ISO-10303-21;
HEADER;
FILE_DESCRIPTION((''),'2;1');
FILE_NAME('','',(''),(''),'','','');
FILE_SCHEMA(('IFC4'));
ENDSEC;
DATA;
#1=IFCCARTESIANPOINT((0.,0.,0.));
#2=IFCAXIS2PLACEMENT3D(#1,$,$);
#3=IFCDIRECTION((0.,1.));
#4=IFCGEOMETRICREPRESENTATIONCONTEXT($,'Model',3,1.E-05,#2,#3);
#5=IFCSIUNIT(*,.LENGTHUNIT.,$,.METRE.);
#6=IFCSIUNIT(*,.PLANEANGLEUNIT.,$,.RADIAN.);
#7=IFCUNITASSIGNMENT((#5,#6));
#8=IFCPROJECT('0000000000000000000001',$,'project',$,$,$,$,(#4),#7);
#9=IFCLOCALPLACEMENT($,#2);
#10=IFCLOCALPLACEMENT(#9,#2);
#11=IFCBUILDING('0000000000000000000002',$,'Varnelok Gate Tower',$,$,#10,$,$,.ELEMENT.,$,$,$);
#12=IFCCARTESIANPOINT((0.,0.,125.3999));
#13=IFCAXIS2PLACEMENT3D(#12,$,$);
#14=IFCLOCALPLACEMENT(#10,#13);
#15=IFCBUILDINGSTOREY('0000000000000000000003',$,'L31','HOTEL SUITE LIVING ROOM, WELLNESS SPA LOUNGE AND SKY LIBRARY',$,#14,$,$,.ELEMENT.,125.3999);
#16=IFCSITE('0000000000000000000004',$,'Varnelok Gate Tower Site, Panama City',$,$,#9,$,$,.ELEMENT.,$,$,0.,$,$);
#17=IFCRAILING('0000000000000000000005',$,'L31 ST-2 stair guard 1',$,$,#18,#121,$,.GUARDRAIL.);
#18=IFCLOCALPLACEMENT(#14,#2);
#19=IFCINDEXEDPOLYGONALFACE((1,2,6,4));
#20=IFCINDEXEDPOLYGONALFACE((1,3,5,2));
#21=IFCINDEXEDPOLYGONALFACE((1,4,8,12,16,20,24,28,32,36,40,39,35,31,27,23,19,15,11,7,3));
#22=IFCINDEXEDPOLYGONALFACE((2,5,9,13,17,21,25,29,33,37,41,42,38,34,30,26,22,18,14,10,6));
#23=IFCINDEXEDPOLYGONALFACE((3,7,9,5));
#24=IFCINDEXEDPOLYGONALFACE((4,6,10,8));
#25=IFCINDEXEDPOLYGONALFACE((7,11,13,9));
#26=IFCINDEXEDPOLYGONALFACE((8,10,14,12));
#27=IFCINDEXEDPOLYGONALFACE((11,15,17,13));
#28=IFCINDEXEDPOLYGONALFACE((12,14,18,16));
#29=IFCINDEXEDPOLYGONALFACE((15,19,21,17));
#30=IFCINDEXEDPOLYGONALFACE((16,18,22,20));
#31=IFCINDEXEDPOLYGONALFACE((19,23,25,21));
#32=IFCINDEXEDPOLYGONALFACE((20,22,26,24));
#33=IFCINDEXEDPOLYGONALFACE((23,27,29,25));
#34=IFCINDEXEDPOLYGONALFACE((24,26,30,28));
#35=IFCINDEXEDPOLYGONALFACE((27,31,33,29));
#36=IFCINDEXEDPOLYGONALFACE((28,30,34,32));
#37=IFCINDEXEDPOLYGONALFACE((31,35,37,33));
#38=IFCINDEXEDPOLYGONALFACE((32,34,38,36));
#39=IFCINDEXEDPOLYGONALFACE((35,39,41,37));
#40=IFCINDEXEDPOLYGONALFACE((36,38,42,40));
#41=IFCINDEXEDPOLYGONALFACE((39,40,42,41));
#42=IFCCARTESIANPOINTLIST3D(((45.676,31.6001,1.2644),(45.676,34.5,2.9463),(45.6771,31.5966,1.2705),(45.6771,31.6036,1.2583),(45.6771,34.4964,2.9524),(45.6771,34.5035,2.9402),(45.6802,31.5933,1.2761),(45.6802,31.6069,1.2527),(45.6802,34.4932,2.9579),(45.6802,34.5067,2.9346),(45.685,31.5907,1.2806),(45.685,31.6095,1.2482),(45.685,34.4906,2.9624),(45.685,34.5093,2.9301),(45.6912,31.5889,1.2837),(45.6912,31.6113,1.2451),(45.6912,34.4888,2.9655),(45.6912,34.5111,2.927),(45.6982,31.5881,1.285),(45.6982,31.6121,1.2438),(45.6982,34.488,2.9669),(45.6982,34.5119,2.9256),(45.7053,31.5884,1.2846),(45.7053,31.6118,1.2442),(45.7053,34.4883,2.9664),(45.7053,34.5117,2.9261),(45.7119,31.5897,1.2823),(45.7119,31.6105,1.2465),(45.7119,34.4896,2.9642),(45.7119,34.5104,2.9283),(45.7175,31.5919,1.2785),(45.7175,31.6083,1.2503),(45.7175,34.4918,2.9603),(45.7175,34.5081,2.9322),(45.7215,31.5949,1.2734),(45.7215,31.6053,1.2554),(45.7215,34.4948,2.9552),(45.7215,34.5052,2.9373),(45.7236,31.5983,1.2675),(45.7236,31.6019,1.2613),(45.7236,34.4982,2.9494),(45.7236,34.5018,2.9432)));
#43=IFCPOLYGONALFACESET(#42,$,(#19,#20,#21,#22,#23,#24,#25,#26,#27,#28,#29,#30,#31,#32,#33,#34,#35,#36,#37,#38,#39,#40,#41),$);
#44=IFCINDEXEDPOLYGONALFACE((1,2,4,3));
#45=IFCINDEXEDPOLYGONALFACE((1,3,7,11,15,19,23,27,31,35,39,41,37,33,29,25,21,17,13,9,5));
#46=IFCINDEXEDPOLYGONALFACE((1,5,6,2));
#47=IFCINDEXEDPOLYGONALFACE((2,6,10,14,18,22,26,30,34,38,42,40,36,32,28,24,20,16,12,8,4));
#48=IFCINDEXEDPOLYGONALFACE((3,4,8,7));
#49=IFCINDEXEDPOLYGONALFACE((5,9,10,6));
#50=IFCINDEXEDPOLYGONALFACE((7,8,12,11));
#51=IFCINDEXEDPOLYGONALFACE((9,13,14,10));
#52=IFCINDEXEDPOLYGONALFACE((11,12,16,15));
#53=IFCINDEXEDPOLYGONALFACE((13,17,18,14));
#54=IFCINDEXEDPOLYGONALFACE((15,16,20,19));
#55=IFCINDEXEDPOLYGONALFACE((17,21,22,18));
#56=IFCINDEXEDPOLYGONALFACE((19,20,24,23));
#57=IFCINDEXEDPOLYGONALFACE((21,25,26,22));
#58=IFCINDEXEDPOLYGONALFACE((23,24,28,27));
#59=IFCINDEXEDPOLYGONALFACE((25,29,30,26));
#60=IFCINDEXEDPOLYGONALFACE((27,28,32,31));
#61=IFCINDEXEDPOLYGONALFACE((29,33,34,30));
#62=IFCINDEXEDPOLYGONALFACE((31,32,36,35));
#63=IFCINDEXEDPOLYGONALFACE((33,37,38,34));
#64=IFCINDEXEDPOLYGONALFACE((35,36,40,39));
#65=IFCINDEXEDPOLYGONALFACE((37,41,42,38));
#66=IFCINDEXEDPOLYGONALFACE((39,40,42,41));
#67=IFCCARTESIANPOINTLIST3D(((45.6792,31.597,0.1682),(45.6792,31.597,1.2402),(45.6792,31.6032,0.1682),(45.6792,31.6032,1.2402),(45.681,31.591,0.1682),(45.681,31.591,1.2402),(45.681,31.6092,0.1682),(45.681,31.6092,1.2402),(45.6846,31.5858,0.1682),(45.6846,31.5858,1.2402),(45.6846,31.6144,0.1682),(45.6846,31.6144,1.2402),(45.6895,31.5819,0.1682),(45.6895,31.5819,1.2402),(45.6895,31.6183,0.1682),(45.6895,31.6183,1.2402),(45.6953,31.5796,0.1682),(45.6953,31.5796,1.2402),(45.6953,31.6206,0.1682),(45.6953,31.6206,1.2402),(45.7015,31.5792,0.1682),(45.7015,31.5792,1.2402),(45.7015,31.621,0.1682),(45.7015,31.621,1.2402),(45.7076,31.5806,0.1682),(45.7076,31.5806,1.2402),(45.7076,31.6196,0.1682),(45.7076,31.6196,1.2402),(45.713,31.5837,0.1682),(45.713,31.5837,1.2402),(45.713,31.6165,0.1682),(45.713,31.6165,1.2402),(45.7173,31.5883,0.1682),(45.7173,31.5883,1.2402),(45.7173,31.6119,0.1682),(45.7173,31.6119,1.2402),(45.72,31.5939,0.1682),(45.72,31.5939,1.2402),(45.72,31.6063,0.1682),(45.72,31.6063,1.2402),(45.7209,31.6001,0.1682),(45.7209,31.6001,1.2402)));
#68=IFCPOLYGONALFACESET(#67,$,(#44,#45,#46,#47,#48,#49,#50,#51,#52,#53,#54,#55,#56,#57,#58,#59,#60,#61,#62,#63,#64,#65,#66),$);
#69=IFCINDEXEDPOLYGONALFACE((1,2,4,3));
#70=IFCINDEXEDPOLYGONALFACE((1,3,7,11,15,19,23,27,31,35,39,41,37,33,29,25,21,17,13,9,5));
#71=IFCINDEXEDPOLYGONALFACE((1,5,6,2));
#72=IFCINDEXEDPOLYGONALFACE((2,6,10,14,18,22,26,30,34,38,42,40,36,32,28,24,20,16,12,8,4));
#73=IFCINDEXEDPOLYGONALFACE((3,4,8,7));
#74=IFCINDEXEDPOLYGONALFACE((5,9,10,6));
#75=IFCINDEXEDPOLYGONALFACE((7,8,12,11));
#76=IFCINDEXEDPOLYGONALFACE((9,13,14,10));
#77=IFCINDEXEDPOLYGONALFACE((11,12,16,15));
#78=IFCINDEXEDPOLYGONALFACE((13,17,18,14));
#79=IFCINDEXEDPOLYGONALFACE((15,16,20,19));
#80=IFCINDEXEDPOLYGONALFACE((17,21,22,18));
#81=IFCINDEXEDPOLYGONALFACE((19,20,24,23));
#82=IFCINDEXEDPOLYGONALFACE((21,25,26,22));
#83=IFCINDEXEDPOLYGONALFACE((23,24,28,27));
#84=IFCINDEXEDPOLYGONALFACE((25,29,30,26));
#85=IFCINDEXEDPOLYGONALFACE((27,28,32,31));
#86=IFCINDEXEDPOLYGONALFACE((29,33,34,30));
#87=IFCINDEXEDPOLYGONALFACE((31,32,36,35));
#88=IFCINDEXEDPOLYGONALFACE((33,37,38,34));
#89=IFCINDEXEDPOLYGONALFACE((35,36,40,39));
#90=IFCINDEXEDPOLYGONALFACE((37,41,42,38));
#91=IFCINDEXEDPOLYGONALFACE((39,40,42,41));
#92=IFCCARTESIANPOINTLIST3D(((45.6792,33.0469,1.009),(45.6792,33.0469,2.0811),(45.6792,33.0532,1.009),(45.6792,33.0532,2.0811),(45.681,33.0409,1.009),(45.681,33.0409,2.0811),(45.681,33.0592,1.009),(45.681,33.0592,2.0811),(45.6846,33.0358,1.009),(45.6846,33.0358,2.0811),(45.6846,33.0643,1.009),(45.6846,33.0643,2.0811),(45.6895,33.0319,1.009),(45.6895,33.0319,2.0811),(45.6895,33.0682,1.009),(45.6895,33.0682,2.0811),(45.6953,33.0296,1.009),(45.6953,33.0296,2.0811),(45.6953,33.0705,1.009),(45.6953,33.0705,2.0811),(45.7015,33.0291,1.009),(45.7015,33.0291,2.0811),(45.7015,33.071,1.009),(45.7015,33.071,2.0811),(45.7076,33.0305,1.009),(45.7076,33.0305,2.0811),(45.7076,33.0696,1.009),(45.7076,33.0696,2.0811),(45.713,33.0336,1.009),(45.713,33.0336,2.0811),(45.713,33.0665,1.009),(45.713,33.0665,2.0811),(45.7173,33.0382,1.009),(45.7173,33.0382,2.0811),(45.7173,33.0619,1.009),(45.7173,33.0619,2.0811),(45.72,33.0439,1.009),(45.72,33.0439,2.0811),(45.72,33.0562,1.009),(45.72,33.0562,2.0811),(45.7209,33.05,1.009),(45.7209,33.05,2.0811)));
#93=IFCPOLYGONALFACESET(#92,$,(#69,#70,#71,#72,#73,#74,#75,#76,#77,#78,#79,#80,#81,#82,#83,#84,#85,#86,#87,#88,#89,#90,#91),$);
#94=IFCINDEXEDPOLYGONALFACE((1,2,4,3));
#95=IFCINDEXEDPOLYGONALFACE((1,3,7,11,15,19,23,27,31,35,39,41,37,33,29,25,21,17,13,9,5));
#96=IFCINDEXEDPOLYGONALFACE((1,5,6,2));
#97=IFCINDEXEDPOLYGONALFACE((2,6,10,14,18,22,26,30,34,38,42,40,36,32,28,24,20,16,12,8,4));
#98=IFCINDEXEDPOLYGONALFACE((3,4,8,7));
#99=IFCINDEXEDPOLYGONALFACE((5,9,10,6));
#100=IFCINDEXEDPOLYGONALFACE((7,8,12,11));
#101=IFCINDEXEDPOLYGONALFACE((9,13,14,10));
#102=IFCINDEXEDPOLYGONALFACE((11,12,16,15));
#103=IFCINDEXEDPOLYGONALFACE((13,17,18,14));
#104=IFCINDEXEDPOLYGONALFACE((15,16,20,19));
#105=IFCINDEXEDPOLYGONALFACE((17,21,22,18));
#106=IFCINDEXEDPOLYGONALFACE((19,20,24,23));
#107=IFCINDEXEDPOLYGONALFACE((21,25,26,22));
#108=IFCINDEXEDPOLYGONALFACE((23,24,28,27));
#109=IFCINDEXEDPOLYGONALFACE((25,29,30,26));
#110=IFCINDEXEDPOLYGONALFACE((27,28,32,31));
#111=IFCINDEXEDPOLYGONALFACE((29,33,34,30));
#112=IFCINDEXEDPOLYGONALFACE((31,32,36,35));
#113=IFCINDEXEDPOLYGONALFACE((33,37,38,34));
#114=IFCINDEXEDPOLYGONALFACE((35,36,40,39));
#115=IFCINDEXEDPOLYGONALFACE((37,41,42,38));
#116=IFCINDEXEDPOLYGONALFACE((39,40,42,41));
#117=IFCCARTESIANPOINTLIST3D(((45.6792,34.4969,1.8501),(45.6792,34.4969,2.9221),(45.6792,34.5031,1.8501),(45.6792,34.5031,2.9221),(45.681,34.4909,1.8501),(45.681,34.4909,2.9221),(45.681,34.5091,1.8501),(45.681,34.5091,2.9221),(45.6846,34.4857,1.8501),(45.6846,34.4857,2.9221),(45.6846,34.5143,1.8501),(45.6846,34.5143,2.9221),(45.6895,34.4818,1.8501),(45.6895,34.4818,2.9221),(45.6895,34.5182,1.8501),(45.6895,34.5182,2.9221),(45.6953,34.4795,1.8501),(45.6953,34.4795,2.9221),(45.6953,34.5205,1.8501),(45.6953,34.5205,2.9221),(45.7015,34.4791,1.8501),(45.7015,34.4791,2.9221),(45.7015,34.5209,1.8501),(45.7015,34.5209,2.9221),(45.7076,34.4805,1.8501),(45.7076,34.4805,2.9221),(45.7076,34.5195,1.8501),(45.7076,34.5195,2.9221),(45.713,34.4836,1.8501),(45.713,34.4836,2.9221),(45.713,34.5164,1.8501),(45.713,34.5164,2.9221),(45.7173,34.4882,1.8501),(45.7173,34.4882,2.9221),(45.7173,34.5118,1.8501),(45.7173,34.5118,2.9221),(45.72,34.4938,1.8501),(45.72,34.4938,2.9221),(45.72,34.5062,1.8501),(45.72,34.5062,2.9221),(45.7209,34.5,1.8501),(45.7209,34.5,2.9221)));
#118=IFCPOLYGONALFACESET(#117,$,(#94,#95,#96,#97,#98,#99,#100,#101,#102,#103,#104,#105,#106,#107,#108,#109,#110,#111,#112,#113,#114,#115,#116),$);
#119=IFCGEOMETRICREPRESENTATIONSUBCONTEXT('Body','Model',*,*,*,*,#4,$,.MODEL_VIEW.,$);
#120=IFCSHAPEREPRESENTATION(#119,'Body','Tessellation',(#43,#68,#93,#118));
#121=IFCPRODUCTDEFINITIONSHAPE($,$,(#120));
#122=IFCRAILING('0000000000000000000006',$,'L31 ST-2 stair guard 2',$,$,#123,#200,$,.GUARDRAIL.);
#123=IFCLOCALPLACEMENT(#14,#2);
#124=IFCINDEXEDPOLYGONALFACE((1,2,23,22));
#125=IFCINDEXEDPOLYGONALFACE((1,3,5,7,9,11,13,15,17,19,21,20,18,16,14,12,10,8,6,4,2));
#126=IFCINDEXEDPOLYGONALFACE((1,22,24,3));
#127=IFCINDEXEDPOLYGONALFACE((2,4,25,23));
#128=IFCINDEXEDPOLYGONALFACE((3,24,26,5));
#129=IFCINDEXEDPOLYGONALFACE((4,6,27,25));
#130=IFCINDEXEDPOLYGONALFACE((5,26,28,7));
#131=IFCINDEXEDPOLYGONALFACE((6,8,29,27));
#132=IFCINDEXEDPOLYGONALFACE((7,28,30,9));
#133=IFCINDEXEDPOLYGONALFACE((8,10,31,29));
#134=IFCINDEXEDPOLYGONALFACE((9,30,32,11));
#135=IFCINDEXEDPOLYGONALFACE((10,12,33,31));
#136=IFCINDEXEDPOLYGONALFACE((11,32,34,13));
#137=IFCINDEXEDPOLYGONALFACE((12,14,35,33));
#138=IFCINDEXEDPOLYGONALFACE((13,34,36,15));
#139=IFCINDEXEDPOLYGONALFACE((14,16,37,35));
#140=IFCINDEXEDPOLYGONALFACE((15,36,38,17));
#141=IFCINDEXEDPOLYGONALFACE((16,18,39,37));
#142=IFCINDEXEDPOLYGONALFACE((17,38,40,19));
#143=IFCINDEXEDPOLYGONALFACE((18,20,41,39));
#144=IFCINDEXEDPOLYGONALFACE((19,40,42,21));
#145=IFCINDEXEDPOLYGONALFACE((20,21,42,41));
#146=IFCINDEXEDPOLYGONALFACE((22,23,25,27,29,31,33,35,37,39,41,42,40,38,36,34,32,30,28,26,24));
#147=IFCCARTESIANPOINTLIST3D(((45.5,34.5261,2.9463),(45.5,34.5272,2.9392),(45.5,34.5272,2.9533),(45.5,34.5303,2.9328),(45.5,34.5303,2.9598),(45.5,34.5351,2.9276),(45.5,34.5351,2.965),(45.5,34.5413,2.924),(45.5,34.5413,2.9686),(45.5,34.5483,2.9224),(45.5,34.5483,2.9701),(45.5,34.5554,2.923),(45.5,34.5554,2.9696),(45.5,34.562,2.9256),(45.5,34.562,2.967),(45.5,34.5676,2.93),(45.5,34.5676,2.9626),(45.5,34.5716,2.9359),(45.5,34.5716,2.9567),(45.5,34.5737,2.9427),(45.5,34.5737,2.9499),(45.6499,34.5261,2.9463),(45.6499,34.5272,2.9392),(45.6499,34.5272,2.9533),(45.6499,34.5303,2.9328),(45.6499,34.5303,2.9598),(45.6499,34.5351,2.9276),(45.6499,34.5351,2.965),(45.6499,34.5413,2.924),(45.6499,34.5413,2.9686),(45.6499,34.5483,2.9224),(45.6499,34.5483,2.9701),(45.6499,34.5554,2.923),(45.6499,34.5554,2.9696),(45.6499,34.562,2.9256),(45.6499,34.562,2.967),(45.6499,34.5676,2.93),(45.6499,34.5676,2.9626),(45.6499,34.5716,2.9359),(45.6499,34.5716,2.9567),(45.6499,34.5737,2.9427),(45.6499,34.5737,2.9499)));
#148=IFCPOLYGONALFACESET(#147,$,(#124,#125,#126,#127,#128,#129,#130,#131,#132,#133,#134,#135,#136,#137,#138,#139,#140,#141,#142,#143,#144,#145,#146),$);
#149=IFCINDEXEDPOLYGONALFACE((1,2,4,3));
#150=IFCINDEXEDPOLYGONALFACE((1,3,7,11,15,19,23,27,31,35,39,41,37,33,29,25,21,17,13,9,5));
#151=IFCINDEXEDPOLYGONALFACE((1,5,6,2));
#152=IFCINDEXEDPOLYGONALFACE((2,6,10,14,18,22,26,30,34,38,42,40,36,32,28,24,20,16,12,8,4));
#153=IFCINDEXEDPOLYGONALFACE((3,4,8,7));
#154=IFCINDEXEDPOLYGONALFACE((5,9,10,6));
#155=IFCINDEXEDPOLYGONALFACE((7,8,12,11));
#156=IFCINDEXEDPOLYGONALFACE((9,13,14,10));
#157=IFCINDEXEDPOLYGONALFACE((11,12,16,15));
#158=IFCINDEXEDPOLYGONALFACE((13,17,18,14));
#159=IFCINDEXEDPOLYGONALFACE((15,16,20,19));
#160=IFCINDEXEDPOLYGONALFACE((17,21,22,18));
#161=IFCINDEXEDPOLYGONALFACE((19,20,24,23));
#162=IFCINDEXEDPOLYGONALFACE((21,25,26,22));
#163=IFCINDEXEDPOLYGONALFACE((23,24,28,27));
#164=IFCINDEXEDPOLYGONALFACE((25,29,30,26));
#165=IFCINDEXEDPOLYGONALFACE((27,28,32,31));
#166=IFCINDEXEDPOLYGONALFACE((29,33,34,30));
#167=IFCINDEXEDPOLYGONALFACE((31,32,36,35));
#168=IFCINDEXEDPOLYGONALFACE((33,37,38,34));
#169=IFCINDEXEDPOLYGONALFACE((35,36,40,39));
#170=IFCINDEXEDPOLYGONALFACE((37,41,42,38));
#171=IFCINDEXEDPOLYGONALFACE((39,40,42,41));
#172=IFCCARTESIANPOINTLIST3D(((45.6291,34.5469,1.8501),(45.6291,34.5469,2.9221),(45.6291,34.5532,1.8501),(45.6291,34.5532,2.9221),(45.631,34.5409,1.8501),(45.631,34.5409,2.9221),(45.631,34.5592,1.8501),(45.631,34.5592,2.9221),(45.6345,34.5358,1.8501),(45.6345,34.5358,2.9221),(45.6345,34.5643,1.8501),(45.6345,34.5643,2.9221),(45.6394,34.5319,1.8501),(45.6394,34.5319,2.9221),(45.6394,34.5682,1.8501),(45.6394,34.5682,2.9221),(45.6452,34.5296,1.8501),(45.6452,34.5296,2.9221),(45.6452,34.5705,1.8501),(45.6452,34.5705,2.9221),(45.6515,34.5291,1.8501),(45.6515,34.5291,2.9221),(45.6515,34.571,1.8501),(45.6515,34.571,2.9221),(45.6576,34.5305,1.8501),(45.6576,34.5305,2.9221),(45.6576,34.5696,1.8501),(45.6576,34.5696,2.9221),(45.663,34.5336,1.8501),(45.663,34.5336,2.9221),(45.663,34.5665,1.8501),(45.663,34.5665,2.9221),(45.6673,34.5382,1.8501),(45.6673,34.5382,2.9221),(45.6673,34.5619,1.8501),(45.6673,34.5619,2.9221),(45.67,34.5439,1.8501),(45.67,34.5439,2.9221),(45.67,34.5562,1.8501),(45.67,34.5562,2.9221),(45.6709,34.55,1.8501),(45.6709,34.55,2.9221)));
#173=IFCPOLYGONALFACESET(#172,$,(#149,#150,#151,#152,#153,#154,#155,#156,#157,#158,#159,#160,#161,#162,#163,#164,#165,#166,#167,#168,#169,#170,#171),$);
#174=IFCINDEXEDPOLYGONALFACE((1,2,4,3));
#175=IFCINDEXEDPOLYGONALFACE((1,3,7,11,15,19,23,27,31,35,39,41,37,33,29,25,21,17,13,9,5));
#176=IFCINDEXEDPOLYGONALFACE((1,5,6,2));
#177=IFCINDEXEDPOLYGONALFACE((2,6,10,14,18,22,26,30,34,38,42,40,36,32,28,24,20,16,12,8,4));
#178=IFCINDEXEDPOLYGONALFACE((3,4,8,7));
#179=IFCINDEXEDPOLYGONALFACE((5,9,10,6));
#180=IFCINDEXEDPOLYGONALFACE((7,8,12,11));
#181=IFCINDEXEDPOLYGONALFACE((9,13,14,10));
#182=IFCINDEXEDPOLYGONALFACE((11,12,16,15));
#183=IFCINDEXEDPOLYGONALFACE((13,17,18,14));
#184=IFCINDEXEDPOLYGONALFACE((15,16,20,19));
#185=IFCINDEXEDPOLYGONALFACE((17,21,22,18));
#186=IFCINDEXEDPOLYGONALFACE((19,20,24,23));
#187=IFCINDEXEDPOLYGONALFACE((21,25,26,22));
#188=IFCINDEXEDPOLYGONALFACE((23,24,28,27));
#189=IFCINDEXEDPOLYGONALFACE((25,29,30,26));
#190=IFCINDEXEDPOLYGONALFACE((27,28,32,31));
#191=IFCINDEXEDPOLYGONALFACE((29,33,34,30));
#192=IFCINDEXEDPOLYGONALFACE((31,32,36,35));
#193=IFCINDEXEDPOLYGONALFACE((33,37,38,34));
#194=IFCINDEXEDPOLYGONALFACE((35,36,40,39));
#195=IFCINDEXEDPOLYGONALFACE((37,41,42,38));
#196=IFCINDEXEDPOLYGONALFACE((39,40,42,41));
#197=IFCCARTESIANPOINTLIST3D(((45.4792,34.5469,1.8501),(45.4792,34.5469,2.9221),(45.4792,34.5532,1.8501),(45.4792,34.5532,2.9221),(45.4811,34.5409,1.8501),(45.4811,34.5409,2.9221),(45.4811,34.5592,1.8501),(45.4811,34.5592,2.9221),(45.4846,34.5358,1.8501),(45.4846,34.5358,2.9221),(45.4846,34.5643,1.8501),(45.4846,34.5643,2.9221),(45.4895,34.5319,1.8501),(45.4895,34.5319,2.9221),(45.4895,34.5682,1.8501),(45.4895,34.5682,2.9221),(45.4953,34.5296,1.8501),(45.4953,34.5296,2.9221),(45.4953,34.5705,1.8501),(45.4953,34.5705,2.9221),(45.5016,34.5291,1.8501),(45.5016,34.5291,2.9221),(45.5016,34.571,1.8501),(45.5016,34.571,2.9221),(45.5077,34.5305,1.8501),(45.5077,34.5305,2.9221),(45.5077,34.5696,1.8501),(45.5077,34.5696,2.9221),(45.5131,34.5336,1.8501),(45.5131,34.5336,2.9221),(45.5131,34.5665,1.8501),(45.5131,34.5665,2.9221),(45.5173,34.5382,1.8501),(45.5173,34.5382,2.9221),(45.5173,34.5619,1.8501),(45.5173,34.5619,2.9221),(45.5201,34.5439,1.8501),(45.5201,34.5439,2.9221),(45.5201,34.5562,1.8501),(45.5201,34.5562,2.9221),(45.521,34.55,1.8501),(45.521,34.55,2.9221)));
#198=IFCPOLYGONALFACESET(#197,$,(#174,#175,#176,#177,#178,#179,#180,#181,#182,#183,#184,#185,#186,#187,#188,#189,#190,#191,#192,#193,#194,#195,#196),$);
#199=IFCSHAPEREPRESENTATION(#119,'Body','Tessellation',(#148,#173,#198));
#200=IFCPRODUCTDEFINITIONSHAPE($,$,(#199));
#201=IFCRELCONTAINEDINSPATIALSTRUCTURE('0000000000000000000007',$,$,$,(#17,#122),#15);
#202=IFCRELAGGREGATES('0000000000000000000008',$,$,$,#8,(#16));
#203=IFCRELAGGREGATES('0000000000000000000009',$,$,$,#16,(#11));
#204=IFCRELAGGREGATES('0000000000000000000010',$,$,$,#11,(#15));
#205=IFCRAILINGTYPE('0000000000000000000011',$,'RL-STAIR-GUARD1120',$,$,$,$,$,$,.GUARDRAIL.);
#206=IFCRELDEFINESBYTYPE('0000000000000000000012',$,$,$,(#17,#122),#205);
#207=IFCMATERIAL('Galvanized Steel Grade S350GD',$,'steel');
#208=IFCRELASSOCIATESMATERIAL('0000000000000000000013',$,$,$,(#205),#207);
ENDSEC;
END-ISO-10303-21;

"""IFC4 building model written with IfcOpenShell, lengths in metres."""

from ifc_helpers import new_model, si_unit, direction, frame, origin, origin_2d, place, context, subcontext, project, spatial, circle, extrude, material, type_object, element, save


model = new_model("IFC4")

# Units and contexts
model_context = context("Model", 3, precision=1e-05, world=origin(), true_north=direction((0.0, 1.0)))
body_context = subcontext(model_context, "Body", "Model", "MODEL_VIEW")
ifc_project = project(units=[si_unit("LENGTHUNIT", "METRE"), si_unit("PLANEANGLEUNIT", "RADIAN")], contexts=[model_context])

# Site, building, storey
site_placement = place(None, origin())
site = spatial("IfcSite", under=ifc_project, at=site_placement, Name="Varnelok Gate Tower Site, Panama City", CompositionType="ELEMENT", RefElevation=0.0)
building_placement = place(site_placement, origin())
building = spatial("IfcBuilding", under=site, at=building_placement, Name="Varnelok Gate Tower", CompositionType="ELEMENT")
storey_placement = place(building_placement, frame((0.0, 0.0, 125.3999)))
storey = spatial("IfcBuildingStorey", under=building, at=storey_placement, Name="L31", Description="HOTEL SUITE LIVING ROOM, WELLNESS SPA LOUNGE AND SKY LIBRARY", CompositionType="ELEMENT", Elevation=125.3999)

# Shared definitions
ifc_material_1 = material(Name="Galvanized Steel Grade S350GD", Category="steel")

# Railings
railing_type_1 = type_object("IfcRailingType", Name="RL-STAIR-GUARD1120", PredefinedType="GUARDRAIL", material=ifc_material_1)
railing_1_placement = place(storey_placement, frame((45.7, 31.6001, 0.1682)))
element("IfcRailing", 1, at=railing_1_placement, inside=storey, type_object=railing_type_1, Name="L31 ST-2 stair guard 1", PredefinedType="GUARDRAIL", context=body_context, shape_type="SweptSolid", body=[
    extrude(circle(Radius=0.0239, at=origin_2d()), frame((0.0, 0.0, 1.0962), z_axis=(0.0, 0.865039, 0.501705), x_axis=(-1.0, 0.0, 0.0)), (0.0, 0.0, 1.0), 3.3523),
    extrude(circle(Radius=0.021, at=origin_2d()), origin(), (0.0, 0.0, 1.0), 1.072),
    extrude(circle(Radius=0.021, at=origin_2d()), frame((0.0, 1.45, 0.8408)), (0.0, 0.0, 1.0), 1.072),
    extrude(circle(Radius=0.021, at=origin_2d()), frame((0.0, 2.8999, 1.6819)), (0.0, 0.0, 1.0), 1.072),
])
railing_2_placement = place(storey_placement, frame((45.6499, 34.55, 1.8501)))
element("IfcRailing", 2, at=railing_2_placement, inside=storey, type_object=railing_type_1, Name="L31 ST-2 stair guard 2", PredefinedType="GUARDRAIL", context=body_context, shape_type="SweptSolid", body=[
    extrude(circle(Radius=0.0239, at=origin_2d()), frame((0.0, 0.0, 1.0962), z_axis=(-1.0, 0.0, 0.0), x_axis=(0.0, -1.0, 0.0)), (0.0, 0.0, 1.0), 0.1499),
    extrude(circle(Radius=0.021, at=origin_2d()), origin(), (0.0, 0.0, 1.0), 1.072),
    extrude(circle(Radius=0.021, at=origin_2d()), frame((-0.1499, 0.0, 0.0)), (0.0, 0.0, 1.0), 1.072),
])

save(model, "model.ifc")
